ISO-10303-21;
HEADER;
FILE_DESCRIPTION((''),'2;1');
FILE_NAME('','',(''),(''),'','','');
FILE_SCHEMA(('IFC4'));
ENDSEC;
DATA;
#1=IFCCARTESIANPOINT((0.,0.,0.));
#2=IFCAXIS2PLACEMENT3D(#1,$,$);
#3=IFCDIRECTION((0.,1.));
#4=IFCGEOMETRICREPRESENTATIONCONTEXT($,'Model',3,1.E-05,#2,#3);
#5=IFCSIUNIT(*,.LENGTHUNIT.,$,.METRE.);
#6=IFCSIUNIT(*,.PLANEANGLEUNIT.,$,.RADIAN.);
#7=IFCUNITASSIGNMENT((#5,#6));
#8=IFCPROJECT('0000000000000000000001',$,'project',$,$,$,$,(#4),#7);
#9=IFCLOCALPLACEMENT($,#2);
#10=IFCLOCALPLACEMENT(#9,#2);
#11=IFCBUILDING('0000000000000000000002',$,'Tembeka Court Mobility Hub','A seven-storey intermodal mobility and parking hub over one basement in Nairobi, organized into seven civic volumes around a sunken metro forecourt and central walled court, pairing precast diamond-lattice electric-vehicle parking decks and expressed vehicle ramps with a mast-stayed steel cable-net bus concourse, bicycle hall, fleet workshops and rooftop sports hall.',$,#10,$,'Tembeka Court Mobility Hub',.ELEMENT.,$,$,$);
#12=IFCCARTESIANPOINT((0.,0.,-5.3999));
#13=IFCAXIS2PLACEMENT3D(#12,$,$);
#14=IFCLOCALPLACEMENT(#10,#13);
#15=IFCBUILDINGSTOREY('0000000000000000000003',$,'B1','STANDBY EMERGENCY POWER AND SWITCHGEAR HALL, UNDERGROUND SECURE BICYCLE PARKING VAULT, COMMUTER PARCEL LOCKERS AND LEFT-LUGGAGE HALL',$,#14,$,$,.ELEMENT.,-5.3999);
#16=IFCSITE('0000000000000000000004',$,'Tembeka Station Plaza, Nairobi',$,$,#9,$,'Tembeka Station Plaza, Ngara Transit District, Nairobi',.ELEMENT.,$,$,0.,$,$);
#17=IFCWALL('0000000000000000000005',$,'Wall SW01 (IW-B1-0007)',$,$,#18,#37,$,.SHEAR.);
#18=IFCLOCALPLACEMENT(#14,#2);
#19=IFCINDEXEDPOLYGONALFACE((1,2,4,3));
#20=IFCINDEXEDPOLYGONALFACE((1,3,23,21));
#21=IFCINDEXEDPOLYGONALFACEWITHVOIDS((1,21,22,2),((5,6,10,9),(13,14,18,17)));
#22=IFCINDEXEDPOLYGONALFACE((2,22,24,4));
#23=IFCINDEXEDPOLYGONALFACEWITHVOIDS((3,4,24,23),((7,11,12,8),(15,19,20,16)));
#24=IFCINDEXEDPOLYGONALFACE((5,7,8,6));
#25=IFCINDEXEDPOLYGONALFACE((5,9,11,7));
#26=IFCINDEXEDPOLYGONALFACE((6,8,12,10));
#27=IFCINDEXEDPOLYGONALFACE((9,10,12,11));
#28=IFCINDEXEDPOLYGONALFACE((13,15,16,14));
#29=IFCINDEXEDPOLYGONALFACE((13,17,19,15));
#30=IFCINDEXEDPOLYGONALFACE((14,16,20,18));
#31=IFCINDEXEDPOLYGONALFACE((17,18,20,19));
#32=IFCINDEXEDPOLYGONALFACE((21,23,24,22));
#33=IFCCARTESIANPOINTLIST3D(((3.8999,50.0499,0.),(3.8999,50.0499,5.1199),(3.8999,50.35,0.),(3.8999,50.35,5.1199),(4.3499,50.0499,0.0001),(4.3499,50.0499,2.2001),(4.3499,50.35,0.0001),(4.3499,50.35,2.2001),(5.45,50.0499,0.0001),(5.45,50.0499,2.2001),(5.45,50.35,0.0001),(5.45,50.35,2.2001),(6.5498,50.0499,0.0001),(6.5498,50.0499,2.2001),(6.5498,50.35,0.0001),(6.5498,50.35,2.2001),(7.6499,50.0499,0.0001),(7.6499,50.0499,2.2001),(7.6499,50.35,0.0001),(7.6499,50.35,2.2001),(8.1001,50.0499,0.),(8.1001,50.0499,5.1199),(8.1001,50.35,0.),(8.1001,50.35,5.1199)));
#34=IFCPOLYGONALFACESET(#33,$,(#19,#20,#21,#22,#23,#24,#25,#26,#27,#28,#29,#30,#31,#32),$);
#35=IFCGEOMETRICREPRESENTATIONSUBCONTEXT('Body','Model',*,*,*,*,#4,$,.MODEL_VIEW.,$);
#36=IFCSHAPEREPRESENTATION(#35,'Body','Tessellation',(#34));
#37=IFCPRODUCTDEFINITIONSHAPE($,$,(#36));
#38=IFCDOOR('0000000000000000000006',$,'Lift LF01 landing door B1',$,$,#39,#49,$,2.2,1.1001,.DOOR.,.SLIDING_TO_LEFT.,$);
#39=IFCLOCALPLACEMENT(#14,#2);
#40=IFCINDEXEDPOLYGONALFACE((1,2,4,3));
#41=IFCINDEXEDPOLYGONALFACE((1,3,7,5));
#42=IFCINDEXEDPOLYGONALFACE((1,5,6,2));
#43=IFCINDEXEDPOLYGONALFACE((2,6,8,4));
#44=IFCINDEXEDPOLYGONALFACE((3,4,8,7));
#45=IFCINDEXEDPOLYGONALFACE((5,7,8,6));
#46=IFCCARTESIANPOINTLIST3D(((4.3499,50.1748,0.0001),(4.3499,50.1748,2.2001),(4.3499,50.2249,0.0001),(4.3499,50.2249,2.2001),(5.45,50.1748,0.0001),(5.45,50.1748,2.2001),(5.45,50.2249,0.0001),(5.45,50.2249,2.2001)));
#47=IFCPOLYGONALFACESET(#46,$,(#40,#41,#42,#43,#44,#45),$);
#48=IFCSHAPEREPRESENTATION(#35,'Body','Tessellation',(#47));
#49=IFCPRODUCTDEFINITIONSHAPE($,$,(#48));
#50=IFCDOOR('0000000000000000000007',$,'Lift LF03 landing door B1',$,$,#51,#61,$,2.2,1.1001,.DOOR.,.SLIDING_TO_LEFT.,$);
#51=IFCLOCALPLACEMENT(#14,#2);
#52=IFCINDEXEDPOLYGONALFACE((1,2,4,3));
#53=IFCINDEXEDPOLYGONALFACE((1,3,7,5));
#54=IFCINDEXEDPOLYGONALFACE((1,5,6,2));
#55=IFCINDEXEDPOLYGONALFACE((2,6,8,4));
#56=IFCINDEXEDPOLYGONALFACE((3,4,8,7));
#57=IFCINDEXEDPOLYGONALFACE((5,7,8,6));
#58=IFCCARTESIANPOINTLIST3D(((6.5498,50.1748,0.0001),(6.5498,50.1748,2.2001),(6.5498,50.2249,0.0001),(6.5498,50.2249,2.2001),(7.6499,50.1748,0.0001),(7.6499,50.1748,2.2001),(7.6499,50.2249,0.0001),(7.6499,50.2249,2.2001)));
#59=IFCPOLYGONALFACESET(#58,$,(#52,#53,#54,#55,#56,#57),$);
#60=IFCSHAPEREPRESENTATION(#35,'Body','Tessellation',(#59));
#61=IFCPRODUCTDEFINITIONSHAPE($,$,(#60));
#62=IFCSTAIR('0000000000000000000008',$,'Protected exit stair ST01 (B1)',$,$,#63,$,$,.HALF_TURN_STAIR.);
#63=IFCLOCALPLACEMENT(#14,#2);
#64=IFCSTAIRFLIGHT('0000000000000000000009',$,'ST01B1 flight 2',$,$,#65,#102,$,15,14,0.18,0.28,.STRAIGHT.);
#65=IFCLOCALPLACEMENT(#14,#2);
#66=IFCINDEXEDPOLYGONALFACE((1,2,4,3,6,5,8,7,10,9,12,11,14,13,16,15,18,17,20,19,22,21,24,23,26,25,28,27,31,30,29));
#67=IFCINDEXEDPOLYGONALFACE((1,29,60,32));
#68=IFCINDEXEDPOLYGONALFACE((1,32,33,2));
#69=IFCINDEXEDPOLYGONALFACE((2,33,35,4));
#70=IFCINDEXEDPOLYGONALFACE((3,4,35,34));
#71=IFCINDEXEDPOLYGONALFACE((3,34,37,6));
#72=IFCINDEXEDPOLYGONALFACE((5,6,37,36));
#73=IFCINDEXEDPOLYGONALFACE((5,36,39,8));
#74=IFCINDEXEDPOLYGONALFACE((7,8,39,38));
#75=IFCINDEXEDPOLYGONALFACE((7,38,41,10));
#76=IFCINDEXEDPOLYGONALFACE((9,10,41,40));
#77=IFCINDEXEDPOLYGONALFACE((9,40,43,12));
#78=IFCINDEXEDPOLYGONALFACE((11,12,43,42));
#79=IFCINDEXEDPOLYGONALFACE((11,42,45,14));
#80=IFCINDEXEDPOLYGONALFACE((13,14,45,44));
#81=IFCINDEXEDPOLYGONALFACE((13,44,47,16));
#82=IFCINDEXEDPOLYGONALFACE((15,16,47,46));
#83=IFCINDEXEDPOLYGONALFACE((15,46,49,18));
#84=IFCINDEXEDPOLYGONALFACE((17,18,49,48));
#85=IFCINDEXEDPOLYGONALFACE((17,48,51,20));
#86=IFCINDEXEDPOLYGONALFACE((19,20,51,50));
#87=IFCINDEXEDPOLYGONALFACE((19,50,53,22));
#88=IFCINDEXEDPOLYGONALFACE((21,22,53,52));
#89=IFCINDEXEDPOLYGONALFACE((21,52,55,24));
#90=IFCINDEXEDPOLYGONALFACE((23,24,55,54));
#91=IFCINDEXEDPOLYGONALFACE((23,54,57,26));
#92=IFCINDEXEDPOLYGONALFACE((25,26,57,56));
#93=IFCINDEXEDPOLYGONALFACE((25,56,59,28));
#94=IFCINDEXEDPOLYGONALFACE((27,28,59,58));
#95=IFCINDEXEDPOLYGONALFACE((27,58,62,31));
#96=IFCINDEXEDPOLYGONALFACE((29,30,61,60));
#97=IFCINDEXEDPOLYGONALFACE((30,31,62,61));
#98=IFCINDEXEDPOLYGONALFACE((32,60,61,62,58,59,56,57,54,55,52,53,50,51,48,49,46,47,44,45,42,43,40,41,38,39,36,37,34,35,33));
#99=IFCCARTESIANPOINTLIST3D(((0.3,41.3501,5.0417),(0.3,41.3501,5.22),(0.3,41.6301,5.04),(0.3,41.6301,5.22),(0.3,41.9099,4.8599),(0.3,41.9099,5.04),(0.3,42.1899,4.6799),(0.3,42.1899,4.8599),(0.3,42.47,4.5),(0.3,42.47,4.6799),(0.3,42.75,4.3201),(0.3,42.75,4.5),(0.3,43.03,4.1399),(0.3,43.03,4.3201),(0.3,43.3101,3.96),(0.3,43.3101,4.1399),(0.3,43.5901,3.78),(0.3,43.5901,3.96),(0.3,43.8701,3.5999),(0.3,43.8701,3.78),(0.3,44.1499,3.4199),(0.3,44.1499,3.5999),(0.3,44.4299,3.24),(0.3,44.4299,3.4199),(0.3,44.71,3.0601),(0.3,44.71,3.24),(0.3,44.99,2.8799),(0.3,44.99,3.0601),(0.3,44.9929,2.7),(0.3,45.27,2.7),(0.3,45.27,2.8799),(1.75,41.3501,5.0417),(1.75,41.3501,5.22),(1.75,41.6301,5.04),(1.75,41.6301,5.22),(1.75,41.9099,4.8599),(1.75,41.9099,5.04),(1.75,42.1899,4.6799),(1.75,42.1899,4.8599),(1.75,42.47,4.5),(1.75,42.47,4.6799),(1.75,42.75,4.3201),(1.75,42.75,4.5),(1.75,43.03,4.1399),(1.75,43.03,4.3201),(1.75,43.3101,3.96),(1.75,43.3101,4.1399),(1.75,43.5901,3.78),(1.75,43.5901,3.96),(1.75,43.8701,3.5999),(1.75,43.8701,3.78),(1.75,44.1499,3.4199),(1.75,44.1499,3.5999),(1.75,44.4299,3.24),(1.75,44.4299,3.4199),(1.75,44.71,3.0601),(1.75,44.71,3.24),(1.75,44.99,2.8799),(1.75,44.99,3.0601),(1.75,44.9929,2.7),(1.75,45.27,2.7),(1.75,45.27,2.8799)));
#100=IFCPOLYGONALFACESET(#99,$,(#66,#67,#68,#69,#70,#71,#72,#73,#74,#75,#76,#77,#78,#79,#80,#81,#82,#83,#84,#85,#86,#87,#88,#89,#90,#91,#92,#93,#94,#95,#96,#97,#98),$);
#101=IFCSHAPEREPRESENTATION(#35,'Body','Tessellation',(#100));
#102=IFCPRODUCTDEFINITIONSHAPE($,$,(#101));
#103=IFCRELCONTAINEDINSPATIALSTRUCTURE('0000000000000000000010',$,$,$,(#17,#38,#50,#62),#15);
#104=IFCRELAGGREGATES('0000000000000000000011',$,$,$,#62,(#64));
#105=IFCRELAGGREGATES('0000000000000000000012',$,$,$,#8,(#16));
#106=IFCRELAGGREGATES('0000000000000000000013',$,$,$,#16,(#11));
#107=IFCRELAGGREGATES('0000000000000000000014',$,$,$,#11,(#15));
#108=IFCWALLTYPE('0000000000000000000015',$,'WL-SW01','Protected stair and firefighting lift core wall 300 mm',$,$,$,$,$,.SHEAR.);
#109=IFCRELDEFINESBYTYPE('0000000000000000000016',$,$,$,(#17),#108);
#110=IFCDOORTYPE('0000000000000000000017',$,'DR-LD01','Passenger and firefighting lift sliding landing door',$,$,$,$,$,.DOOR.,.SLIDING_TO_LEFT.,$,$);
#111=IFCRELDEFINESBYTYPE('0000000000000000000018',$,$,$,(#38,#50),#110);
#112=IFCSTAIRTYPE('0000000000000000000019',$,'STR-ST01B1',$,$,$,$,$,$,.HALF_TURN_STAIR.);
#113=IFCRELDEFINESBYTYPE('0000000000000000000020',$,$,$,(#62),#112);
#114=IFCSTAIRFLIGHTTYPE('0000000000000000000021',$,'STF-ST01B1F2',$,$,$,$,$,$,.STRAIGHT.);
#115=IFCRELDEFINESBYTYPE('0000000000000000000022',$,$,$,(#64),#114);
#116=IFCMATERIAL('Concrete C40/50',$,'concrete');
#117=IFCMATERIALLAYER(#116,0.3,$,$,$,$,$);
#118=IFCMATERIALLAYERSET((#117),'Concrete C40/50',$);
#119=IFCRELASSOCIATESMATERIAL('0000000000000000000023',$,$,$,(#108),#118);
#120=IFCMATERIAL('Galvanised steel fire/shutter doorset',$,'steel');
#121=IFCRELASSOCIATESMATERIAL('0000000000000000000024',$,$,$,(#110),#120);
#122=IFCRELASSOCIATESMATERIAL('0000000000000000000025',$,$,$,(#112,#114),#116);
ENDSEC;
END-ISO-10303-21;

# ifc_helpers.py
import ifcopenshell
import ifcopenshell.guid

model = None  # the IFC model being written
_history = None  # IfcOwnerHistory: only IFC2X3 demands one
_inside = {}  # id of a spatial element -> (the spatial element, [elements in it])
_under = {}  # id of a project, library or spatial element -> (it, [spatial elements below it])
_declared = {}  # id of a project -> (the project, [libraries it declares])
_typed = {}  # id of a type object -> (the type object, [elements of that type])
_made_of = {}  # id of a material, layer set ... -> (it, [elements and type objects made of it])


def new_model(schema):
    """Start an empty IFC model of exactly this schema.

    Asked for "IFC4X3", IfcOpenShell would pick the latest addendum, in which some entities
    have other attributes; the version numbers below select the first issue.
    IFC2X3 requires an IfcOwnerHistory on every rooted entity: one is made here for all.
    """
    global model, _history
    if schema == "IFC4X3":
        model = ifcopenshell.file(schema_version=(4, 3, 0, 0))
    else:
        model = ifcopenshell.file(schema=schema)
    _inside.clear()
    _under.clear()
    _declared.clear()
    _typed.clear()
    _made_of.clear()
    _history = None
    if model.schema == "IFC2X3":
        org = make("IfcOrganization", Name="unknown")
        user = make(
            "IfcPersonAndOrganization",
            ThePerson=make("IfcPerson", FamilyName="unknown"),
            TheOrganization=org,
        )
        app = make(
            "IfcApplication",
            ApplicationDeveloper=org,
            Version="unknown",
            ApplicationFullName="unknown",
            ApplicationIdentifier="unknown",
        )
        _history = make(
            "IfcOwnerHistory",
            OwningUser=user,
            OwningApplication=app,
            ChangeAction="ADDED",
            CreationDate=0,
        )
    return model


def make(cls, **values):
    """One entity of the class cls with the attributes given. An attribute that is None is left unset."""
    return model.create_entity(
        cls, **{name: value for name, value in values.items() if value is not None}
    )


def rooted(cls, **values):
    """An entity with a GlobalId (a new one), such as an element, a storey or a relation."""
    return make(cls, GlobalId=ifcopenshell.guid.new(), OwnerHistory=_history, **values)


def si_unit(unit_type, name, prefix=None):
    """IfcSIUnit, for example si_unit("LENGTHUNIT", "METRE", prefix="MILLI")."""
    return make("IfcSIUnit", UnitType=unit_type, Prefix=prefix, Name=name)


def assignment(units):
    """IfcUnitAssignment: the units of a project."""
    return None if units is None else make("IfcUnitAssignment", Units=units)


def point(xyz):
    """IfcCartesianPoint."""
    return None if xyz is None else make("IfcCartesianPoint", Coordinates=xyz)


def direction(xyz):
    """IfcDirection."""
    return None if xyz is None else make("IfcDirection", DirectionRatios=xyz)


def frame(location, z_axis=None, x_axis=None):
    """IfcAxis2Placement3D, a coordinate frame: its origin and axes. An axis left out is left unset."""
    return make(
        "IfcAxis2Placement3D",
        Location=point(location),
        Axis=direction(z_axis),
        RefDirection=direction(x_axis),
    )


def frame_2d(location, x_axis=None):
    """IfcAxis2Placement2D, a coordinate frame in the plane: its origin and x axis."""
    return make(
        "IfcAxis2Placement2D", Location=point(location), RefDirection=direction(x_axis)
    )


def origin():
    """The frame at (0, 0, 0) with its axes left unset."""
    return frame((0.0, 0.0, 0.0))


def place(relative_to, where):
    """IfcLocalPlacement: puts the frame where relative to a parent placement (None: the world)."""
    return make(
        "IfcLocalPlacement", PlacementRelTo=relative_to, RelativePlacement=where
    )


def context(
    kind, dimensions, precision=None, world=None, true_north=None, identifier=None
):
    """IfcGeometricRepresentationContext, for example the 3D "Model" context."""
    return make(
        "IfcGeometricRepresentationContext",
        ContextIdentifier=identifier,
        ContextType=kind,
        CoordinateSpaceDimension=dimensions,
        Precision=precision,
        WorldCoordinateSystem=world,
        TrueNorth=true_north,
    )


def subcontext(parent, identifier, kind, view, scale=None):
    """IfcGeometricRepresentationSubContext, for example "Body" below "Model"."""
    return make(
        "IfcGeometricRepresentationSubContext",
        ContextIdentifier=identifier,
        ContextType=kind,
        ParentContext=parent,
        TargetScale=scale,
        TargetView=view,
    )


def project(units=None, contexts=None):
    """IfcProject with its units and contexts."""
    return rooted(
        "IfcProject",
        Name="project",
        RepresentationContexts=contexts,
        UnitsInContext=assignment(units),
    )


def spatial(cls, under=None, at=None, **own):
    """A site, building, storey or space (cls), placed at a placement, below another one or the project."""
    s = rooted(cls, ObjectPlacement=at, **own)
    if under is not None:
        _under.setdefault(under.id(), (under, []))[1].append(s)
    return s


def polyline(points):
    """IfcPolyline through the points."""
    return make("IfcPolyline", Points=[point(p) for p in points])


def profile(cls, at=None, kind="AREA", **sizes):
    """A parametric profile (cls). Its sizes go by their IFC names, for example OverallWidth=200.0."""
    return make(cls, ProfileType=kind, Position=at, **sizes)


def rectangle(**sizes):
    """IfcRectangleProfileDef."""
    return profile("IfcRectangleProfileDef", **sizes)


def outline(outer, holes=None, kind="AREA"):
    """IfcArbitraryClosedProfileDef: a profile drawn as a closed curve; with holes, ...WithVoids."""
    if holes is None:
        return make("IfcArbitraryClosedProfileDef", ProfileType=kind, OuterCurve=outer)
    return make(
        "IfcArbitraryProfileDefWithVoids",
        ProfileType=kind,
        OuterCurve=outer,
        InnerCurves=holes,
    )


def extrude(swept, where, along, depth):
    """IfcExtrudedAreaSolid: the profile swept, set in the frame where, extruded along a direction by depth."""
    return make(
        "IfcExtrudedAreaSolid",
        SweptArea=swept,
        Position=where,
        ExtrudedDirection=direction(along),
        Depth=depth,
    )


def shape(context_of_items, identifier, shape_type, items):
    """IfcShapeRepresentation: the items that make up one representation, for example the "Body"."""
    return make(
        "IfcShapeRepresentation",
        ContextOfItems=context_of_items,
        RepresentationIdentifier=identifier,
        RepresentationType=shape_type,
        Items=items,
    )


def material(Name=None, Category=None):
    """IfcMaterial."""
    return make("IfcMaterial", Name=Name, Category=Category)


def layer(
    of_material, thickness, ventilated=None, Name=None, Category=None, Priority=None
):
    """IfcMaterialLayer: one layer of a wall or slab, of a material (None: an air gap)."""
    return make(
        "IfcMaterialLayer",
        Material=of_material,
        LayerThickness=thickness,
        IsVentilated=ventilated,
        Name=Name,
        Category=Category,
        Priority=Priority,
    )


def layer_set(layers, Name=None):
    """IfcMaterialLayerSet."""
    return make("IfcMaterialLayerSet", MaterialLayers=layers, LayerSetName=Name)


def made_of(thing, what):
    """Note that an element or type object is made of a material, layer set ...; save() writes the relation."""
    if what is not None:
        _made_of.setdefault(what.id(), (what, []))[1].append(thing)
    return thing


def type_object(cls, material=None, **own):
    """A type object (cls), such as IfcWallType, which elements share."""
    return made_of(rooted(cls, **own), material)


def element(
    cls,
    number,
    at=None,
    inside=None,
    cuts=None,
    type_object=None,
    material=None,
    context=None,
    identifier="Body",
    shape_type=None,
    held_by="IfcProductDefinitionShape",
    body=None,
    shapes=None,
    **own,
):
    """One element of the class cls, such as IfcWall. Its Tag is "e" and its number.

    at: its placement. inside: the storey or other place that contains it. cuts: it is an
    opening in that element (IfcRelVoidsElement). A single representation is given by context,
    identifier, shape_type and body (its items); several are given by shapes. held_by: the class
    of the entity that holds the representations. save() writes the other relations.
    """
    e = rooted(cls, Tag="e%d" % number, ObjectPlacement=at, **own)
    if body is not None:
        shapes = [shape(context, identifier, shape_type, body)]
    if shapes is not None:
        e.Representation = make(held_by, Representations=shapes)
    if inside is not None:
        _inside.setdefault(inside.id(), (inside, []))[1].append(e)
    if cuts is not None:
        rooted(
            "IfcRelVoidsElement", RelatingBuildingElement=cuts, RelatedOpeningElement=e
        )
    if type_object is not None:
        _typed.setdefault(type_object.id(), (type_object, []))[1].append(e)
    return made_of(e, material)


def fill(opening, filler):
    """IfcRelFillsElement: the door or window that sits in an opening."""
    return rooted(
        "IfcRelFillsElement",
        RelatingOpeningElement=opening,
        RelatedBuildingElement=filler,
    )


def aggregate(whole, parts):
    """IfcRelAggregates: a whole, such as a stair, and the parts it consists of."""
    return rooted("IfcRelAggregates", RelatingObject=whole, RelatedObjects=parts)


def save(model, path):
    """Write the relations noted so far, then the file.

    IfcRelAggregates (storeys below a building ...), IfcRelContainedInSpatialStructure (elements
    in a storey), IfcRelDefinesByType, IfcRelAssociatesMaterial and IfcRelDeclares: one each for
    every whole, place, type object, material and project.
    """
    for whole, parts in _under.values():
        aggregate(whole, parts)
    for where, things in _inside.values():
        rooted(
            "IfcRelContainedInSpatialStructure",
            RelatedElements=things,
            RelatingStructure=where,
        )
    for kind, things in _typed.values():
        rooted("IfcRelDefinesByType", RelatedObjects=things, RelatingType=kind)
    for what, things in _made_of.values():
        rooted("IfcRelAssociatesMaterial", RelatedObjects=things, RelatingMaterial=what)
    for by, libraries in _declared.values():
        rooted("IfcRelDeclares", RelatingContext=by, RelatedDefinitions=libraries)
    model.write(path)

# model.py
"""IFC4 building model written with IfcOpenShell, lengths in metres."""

from ifc_helpers import new_model, si_unit, direction, frame, frame_2d, origin, place, context, subcontext, project, spatial, polyline, rectangle, outline, extrude, material, layer, layer_set, type_object, element, fill, aggregate, save


model = new_model("IFC4")

# Units and contexts
model_context = context("Model", 3, precision=1e-05, world=origin(), true_north=direction((0.0, 1.0)))
body_context = subcontext(model_context, "Body", "Model", "MODEL_VIEW")
ifc_project = project(units=[si_unit("LENGTHUNIT", "METRE"), si_unit("PLANEANGLEUNIT", "RADIAN")], contexts=[model_context])

# Site, building, storey
site_placement = place(None, origin())
site = spatial("IfcSite", under=ifc_project, at=site_placement, Name="Tembeka Station Plaza, Nairobi", LongName="Tembeka Station Plaza, Ngara Transit District, Nairobi", CompositionType="ELEMENT", RefElevation=0.0)
building_placement = place(site_placement, origin())
building = spatial("IfcBuilding", under=site, at=building_placement, Name="Tembeka Court Mobility Hub", Description="A seven-storey intermodal mobility and parking hub over one basement in Nairobi, organized into seven civic volumes around a sunken metro forecourt and central walled court, pairing precast diamond-lattice electric-vehicle parking decks and expressed vehicle ramps with a mast-stayed steel cable-net bus concourse, bicycle hall, fleet workshops and rooftop sports hall.", LongName="Tembeka Court Mobility Hub", CompositionType="ELEMENT")
storey_placement = place(building_placement, frame((0.0, 0.0, -5.3999)))
storey = spatial("IfcBuildingStorey", under=building, at=storey_placement, Name="B1", Description="STANDBY EMERGENCY POWER AND SWITCHGEAR HALL, UNDERGROUND SECURE BICYCLE PARKING VAULT, COMMUTER PARCEL LOCKERS AND LEFT-LUGGAGE HALL", CompositionType="ELEMENT", Elevation=-5.3999)

# Shared definitions
ifc_material_1 = material(Name="Concrete C40/50", Category="concrete")

# Shared definitions
ifc_layer_1 = layer(ifc_material_1, 0.3)
ifc_layer_set_1 = layer_set([ifc_layer_1], Name="Concrete C40/50")
wall_type_1 = type_object("IfcWallType", Name="WL-SW01", Description="Protected stair and firefighting lift core wall 300 mm", PredefinedType="SHEAR", material=ifc_layer_set_1)

# Wall, openings, doors
wall_1_placement = place(storey_placement, frame((3.8999, 50.2, 0.0), z_axis=(0.0, 0.0, 1.0), x_axis=(1.0, 0.0, 0.0)))
wall_1 = element("IfcWall", 1, at=wall_1_placement, inside=storey, type_object=wall_type_1, Name="Wall SW01 (IW-B1-0007)", PredefinedType="SHEAR", context=body_context, shape_type="SweptSolid", body=[
    extrude(rectangle(XDim=4.2002, YDim=0.3, at=frame_2d((2.1001, 0.0))), origin(), (0.0, 0.0, 1.0), 5.1199),
])
opening_1_placement = place(wall_1_placement, frame((0.45, 0.0, 0.0)))
opening_1 = element("IfcOpeningElement", 2, at=opening_1_placement, cuts=wall_1, PredefinedType="OPENING", context=body_context, shape_type="SweptSolid", body=[
    extrude(rectangle(XDim=1.1001, YDim=2.2, at=frame_2d((0.55, 1.1001))), frame((0.0, 0.1602, 0.0), z_axis=(0.0, -1.0, 0.0), x_axis=(1.0, 0.0, 0.0)), (0.0, 0.0, 1.0), 0.3201),
])
opening_2_placement = place(wall_1_placement, frame((2.6499, 0.0, 0.0)))
opening_2 = element("IfcOpeningElement", 3, at=opening_2_placement, cuts=wall_1, PredefinedType="OPENING", context=body_context, shape_type="SweptSolid", body=[
    extrude(rectangle(XDim=1.1001, YDim=2.2, at=frame_2d((0.55, 1.1001))), frame((0.0, 0.1602, 0.0), z_axis=(0.0, -1.0, 0.0), x_axis=(1.0, 0.0, 0.0)), (0.0, 0.0, 1.0), 0.3201),
])
ifc_material_2 = material(Name="Galvanised steel fire/shutter doorset", Category="steel")
door_type = type_object("IfcDoorType", Name="DR-LD01", Description="Passenger and firefighting lift sliding landing door", OperationType="SLIDING_TO_LEFT", PredefinedType="DOOR", material=ifc_material_2)
door_1_placement = place(opening_1_placement, origin())
door_1 = element("IfcDoor", 4, at=door_1_placement, inside=storey, type_object=door_type, Name="Lift LF01 landing door B1", OperationType="SLIDING_TO_LEFT", OverallHeight=2.2, OverallWidth=1.1001, PredefinedType="DOOR", context=body_context, shape_type="SweptSolid", body=[
    extrude(rectangle(XDim=1.1001, YDim=2.2, at=frame_2d((0.55, 1.1001))), frame((0.0, 0.0249, 0.0), z_axis=(0.0, -1.0, 0.0), x_axis=(1.0, 0.0, 0.0)), (0.0, 0.0, 1.0), 0.05),
])
fill(opening_1, door_1)
door_2_placement = place(opening_2_placement, origin())
door_2 = element("IfcDoor", 5, at=door_2_placement, inside=storey, type_object=door_type, Name="Lift LF03 landing door B1", OperationType="SLIDING_TO_LEFT", OverallHeight=2.2, OverallWidth=1.1001, PredefinedType="DOOR", context=body_context, shape_type="SweptSolid", body=[
    extrude(rectangle(XDim=1.1001, YDim=2.2, at=frame_2d((0.55, 1.1001))), frame((0.0, 0.0249, 0.0), z_axis=(0.0, -1.0, 0.0), x_axis=(1.0, 0.0, 0.0)), (0.0, 0.0, 1.0), 0.05),
])
fill(opening_2, door_2)

# Stair, stair flight
stair_type = type_object("IfcStairType", Name="STR-ST01B1", PredefinedType="HALF_TURN_STAIR", material=ifc_material_1)
stair_placement = place(storey_placement, origin())
stair = element("IfcStair", 6, at=stair_placement, inside=storey, type_object=stair_type, Name="Protected exit stair ST01 (B1)", PredefinedType="HALF_TURN_STAIR")
stair_flight_type = type_object("IfcStairFlightType", Name="STF-ST01B1F2", PredefinedType="STRAIGHT", material=ifc_material_1)
stair_flight_placement = place(storey_placement, frame((1.0249, 45.27, 2.7), z_axis=(0.0, 0.0, 1.0), x_axis=(0.0, -1.0, 0.0)))
stair_flight = element("IfcStairFlight", 7, at=stair_flight_placement, type_object=stair_flight_type, Name="ST01B1 flight 2", NumberOfRisers=15, NumberOfTreads=14, PredefinedType="STRAIGHT", RiserHeight=0.18, TreadLength=0.28, context=body_context, shape_type="SweptSolid", body=[
    extrude(outline(polyline([(0.0, 0.0), (0.0, 0.1799), (0.28, 0.1799), (0.28, 0.3601), (0.5601, 0.3601), (0.5601, 0.54), (0.8401, 0.54), (0.8401, 0.72), (1.1201, 0.72), (1.1201, 0.8999), (1.3999, 0.8999), (1.3999, 1.0801), (1.6799, 1.0801), (1.6799, 1.26), (1.96, 1.26), (1.96, 1.4399), (2.24, 1.4399), (2.24, 1.6201), (2.52, 1.6201), (2.52, 1.8), (2.8, 1.8), (2.8, 1.98), (3.0801, 1.98), (3.0801, 2.1599), (3.3601, 2.1599), (3.3601, 2.3401), (3.6399, 2.3401), (3.6399, 2.52), (3.9199, 2.52), (3.9199, 2.7), (3.9199, 2.3418), (0.2771, 0.0), (0.0, 0.0)])), frame((0.0, 0.7251, 0.0), z_axis=(0.0, -1.0, 0.0), x_axis=(1.0, 0.0, 0.0)), (0.0, 0.0, 1.0), 1.45),
])
aggregate(stair, [stair_flight])

save(model, "model.ifc")
